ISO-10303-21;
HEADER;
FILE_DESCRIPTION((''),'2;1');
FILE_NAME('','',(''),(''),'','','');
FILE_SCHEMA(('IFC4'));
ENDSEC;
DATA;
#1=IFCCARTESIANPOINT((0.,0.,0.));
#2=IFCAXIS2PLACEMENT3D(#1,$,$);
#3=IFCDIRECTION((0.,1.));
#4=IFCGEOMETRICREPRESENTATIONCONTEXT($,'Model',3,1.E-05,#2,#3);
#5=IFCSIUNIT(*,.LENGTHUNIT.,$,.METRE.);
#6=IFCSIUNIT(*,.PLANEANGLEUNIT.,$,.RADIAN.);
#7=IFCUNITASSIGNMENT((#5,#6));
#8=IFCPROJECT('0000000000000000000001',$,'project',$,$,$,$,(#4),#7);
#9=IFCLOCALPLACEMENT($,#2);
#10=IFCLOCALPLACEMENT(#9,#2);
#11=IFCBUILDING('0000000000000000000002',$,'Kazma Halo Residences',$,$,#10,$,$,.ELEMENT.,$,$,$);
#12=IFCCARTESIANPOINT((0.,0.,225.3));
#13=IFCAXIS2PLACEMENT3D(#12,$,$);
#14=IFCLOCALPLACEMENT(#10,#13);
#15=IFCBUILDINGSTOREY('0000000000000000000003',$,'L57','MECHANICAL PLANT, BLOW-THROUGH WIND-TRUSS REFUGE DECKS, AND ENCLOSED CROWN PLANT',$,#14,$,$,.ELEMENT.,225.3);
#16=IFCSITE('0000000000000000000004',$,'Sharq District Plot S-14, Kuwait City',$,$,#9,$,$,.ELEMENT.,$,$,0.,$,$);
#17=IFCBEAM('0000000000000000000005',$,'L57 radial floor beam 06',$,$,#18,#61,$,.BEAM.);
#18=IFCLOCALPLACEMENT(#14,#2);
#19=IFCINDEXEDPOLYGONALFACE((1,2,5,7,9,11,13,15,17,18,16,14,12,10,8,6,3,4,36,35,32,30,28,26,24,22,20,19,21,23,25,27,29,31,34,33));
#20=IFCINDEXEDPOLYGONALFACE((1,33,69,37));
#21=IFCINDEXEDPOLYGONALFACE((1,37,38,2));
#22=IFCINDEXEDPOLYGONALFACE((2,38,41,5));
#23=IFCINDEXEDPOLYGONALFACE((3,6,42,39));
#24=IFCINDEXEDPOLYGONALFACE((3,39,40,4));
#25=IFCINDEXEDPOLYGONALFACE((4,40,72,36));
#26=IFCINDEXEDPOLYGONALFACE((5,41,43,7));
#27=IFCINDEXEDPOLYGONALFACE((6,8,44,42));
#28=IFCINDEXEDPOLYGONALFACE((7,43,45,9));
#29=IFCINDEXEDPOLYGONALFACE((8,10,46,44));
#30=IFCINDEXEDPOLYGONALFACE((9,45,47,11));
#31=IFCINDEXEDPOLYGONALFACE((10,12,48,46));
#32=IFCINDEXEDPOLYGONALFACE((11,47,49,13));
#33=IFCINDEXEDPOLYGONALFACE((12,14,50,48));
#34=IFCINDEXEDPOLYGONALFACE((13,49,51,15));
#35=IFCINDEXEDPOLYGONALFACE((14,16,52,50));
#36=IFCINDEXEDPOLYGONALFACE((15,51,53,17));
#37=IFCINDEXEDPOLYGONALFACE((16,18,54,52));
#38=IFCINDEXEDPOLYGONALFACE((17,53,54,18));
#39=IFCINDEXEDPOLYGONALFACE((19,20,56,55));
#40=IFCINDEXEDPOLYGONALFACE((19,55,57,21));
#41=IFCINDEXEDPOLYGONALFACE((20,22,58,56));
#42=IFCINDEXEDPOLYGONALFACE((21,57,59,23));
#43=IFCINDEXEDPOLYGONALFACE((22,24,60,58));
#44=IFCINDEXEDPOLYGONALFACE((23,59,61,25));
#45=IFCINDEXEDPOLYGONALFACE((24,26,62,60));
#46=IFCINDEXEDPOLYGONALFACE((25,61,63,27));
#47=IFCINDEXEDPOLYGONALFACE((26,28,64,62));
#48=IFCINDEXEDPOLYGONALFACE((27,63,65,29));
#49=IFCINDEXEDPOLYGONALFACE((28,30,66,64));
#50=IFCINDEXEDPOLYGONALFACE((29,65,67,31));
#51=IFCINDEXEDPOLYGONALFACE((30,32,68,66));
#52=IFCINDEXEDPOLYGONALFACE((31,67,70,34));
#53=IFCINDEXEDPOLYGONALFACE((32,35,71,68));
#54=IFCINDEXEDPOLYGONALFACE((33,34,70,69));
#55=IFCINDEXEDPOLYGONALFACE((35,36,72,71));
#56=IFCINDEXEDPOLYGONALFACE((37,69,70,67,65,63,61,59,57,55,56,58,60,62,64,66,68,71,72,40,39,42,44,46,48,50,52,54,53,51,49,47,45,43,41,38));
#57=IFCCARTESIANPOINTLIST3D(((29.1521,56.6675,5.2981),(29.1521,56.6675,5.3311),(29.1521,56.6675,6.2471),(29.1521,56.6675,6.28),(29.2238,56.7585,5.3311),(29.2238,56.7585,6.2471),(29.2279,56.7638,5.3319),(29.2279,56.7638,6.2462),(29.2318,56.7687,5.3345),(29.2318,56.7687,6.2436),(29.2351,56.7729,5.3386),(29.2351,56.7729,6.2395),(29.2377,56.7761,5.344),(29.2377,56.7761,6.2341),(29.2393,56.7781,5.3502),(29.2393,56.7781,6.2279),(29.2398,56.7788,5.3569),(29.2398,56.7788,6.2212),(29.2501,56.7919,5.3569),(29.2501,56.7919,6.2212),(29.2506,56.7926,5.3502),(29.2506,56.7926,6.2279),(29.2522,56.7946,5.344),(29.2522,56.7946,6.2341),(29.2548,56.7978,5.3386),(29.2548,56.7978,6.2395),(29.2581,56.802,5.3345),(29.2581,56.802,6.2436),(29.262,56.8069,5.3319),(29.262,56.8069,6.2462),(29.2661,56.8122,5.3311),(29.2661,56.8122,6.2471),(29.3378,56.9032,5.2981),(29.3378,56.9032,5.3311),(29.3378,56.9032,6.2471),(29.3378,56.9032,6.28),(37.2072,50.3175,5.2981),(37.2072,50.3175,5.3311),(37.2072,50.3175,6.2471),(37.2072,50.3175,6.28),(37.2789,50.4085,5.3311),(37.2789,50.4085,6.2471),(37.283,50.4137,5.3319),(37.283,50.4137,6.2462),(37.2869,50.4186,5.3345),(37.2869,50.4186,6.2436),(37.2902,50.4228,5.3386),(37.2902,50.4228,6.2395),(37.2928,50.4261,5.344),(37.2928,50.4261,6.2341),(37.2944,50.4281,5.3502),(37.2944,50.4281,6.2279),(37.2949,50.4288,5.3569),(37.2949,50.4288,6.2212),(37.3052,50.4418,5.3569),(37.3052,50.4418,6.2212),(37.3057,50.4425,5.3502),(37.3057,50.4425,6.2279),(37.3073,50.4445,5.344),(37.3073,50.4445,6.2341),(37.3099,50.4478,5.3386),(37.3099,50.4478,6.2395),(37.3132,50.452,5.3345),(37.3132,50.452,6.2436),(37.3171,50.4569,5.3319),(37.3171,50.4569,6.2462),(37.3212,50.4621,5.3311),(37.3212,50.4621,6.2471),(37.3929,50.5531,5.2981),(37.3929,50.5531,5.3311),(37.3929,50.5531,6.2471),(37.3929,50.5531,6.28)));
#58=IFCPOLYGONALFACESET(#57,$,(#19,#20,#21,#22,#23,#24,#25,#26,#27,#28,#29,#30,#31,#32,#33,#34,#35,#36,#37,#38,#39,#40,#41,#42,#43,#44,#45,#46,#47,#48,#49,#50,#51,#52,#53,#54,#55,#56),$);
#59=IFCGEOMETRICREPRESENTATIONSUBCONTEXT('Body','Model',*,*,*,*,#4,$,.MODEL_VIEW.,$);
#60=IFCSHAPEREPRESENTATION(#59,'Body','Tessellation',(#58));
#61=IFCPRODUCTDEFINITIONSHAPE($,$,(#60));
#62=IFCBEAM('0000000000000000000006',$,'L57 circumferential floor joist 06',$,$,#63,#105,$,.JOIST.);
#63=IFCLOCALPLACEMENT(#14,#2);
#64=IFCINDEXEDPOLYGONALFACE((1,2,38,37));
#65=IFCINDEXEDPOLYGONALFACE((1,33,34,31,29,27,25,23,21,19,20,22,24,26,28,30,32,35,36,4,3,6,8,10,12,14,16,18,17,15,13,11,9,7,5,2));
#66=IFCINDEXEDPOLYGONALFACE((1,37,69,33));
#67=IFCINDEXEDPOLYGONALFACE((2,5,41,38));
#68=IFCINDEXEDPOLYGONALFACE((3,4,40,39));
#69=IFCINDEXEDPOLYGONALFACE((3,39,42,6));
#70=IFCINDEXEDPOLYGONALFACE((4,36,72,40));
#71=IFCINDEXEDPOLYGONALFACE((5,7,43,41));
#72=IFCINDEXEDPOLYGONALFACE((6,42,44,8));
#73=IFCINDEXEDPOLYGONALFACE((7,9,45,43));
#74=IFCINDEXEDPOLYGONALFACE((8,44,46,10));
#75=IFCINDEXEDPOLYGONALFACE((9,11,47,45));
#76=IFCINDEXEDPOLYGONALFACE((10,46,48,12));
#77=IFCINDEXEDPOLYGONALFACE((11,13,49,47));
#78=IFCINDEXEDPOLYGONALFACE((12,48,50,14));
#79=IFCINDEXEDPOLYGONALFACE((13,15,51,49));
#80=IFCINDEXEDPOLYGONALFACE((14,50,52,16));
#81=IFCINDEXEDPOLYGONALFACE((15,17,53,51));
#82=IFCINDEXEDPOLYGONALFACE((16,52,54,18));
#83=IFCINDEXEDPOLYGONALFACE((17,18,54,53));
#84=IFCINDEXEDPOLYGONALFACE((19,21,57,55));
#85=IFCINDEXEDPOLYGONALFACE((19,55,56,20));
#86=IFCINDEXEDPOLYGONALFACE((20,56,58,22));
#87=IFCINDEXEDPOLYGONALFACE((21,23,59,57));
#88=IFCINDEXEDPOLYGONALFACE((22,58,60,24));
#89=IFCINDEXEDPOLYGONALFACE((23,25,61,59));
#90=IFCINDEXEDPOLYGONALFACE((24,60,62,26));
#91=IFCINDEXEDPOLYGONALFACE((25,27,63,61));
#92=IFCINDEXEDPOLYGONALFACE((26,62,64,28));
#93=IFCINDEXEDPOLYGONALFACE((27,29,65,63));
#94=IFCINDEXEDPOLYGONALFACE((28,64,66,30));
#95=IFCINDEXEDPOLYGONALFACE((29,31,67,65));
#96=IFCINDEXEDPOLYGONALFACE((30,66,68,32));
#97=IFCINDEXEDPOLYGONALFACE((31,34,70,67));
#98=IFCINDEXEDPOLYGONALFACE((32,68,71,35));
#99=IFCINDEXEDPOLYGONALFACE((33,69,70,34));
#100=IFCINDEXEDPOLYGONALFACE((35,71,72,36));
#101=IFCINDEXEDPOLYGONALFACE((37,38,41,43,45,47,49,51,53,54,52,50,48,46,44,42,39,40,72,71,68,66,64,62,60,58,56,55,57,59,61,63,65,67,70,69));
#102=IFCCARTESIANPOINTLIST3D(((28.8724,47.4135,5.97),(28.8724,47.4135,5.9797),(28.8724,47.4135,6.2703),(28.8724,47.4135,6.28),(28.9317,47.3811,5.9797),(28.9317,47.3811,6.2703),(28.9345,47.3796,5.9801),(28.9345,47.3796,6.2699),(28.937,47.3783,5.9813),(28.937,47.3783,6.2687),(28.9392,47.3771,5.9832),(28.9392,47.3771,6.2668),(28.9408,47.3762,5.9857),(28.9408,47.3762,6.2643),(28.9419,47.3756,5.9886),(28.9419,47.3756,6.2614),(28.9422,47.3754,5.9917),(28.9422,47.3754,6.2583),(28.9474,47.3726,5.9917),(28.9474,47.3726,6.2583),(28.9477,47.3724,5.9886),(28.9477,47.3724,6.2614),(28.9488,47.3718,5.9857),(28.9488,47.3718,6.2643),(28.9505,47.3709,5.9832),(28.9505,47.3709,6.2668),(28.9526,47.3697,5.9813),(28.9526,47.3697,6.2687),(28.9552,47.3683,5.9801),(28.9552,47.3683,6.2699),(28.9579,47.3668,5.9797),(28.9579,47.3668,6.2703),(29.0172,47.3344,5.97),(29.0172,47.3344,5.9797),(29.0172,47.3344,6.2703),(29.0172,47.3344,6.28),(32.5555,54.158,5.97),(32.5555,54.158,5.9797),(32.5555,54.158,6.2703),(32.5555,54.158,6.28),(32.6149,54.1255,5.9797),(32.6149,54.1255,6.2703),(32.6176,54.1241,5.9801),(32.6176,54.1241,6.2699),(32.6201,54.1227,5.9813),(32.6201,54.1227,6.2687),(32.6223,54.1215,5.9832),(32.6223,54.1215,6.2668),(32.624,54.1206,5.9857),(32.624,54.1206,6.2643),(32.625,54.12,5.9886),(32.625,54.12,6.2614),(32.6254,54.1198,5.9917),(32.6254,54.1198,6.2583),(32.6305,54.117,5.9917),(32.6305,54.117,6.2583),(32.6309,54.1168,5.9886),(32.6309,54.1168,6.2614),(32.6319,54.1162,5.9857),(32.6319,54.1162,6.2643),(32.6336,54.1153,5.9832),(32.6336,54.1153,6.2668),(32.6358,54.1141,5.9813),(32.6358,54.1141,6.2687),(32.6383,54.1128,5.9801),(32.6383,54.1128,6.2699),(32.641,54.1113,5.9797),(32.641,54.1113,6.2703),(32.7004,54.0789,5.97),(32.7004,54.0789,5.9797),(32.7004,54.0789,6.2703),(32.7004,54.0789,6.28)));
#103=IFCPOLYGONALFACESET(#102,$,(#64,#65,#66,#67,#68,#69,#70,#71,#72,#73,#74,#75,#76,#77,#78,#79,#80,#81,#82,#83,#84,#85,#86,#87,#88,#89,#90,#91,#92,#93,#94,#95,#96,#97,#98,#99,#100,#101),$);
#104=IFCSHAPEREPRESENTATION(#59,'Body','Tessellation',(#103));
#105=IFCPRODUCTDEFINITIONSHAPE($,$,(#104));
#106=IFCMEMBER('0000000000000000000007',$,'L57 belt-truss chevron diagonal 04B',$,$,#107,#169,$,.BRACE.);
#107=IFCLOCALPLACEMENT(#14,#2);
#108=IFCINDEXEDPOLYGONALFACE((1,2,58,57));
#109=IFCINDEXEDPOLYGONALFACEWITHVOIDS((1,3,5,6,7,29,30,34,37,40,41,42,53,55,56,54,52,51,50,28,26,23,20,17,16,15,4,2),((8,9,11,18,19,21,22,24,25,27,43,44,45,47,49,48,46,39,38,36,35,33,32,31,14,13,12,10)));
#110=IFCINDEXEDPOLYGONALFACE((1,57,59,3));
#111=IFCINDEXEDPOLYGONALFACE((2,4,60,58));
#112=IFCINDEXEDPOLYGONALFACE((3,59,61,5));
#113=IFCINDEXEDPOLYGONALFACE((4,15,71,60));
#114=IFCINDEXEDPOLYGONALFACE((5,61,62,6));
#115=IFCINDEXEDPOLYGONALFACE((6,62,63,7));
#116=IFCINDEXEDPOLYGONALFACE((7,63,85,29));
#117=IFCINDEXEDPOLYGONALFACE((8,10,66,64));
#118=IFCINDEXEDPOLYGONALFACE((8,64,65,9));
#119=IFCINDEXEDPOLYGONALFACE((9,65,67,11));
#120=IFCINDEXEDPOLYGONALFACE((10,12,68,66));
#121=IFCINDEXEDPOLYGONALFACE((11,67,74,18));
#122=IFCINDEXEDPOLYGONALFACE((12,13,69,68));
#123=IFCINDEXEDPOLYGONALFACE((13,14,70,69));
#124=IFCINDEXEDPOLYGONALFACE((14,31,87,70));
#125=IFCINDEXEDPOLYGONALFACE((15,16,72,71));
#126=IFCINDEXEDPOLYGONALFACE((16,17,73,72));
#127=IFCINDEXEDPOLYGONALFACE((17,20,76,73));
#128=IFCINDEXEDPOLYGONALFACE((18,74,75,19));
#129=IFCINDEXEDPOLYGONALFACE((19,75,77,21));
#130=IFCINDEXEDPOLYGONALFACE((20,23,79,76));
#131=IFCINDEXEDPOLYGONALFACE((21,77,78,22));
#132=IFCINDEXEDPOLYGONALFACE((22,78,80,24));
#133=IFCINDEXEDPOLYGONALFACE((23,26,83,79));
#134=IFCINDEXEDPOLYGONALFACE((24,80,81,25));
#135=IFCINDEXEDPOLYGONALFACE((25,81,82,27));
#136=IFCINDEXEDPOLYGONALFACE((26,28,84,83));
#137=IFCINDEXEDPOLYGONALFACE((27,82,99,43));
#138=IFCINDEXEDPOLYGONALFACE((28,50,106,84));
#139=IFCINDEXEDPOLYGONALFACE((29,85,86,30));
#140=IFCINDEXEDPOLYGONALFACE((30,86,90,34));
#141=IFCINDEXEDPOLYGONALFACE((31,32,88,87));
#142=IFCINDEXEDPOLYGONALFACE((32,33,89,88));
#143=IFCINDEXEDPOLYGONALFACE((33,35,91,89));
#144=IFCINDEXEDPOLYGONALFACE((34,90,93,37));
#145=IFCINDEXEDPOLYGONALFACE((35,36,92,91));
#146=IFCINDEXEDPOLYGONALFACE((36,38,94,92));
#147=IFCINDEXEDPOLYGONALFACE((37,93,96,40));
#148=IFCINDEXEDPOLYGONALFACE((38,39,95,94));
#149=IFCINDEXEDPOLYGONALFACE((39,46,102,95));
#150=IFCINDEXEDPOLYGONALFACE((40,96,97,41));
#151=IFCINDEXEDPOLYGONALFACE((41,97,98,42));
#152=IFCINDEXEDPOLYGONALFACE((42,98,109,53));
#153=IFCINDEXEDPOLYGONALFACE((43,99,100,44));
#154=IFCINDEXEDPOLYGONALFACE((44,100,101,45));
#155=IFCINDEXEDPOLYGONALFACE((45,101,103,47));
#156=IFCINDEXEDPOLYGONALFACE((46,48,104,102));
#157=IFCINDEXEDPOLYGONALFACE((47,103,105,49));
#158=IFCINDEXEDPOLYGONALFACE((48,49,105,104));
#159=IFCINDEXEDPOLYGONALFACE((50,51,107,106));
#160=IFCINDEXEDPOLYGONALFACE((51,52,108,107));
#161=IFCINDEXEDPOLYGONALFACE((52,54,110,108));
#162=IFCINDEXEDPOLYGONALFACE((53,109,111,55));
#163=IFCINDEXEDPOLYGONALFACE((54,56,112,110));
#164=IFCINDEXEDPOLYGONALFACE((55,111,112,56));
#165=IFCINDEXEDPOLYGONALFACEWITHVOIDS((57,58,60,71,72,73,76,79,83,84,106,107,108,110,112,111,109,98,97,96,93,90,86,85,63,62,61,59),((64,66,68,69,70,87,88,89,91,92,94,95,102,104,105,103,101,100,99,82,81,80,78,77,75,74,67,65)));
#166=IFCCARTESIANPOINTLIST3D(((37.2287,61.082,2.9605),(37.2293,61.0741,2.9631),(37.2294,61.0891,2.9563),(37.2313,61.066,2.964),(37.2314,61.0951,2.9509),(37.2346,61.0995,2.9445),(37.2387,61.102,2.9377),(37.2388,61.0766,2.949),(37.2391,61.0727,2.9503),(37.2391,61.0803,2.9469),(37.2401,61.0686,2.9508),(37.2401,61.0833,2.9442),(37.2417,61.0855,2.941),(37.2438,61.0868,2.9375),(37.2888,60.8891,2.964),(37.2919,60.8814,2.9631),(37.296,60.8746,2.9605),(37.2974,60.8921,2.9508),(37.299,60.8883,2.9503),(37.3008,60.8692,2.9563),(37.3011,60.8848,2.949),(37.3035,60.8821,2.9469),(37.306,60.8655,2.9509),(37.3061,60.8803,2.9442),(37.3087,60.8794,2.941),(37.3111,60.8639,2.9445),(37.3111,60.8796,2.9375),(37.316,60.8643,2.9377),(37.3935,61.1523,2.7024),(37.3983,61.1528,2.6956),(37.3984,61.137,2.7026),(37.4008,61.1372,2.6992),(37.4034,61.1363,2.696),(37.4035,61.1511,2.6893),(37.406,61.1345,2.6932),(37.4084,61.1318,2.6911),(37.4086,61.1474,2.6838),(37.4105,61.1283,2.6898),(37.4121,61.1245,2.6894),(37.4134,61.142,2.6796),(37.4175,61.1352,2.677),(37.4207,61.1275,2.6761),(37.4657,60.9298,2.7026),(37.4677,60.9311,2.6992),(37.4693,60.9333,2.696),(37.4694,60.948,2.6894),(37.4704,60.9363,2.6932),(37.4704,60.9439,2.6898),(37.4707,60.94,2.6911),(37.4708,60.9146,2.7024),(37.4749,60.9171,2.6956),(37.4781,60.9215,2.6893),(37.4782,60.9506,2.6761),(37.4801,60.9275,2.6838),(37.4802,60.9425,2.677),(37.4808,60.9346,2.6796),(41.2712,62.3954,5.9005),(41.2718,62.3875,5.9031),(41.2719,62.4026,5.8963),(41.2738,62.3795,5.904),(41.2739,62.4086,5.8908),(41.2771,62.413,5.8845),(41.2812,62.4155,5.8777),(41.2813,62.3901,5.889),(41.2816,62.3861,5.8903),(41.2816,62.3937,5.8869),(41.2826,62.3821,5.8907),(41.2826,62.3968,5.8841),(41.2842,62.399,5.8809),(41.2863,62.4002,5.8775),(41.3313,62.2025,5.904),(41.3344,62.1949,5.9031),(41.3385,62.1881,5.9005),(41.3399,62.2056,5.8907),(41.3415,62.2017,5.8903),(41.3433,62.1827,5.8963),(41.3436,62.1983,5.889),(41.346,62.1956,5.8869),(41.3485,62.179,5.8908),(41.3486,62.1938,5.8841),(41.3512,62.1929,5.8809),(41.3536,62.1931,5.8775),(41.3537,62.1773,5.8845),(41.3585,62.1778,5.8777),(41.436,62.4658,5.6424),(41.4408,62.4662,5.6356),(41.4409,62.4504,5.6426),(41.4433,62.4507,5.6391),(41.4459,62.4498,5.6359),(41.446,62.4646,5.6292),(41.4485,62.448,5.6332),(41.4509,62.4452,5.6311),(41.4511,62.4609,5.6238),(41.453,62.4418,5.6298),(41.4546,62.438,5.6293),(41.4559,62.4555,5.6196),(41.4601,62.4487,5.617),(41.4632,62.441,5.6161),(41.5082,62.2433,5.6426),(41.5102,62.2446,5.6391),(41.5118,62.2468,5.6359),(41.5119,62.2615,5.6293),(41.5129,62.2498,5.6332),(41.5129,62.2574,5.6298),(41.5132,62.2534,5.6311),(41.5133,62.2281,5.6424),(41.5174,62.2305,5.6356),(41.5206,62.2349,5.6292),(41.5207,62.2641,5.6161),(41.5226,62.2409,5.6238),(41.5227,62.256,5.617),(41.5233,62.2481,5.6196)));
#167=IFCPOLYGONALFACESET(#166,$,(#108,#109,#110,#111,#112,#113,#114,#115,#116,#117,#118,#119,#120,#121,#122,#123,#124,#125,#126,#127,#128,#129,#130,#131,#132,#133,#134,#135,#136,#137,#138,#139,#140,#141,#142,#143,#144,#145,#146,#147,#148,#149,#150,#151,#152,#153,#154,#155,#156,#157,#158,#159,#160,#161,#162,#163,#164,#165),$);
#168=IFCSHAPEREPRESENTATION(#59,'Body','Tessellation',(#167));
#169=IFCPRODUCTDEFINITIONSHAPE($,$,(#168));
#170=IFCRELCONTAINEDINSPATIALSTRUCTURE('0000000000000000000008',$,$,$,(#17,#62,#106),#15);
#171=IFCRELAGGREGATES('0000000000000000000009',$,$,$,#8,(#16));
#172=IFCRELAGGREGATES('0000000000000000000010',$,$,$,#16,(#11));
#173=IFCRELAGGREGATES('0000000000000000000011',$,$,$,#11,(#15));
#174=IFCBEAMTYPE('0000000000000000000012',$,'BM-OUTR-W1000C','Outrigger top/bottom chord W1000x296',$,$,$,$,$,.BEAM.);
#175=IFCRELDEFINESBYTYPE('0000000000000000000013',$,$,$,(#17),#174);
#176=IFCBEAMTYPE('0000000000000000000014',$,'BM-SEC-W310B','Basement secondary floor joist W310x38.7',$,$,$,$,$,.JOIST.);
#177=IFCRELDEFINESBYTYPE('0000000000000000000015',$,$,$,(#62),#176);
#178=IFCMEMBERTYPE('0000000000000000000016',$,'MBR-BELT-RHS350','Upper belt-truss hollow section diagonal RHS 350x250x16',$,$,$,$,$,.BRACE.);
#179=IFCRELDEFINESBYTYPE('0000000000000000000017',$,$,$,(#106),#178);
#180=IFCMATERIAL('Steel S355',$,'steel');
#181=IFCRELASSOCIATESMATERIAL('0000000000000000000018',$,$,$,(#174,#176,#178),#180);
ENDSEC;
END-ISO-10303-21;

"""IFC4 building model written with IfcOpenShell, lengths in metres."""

from ifc_helpers import new_model, si_unit, direction, frame, origin, origin_2d, place, context, subcontext, project, spatial, hollow_rectangle, i_section, extrude, material, material_profile, profile_set, type_object, element, save


model = new_model("IFC4")

# Units and contexts
model_context = context("Model", 3, precision=1e-05, world=origin(), true_north=direction((0.0, 1.0)))
body_context = subcontext(model_context, "Body", "Model", "MODEL_VIEW")
ifc_project = project(units=[si_unit("LENGTHUNIT", "METRE"), si_unit("PLANEANGLEUNIT", "RADIAN")], contexts=[model_context])

# Site, building, storey
site_placement = place(None, origin())
site = spatial("IfcSite", under=ifc_project, at=site_placement, Name="Sharq District Plot S-14, Kuwait City", CompositionType="ELEMENT", RefElevation=0.0)
building_placement = place(site_placement, origin())
building = spatial("IfcBuilding", under=site, at=building_placement, Name="Kazma Halo Residences", CompositionType="ELEMENT")
storey_placement = place(building_placement, frame((0.0, 0.0, 225.3)))
storey = spatial("IfcBuildingStorey", under=building, at=storey_placement, Name="L57", Description="MECHANICAL PLANT, BLOW-THROUGH WIND-TRUSS REFUGE DECKS, AND ENCLOSED CROWN PLANT", CompositionType="ELEMENT", Elevation=225.3)

# Beams
ifc_material_1 = material(Name="Steel S355", Category="steel")
ifc_material_profile_1 = material_profile(ifc_material_1, i_section(OverallWidth=0.3, OverallDepth=0.9819, WebThickness=0.0166, FlangeThickness=0.033, FilletRadius=0.0259, at=origin_2d()), Name="W1000x296")
ifc_profile_set_1 = profile_set([ifc_material_profile_1], Name="Steel S355")
beam_type_1 = type_object("IfcBeamType", Name="BM-OUTR-W1000C", Description="Outrigger top/bottom chord W1000x296", PredefinedType="BEAM", material=ifc_profile_set_1)
beam_1_placement = place(storey_placement, frame((37.3, 50.4353, 5.7891), z_axis=(-0.785321, 0.619088, 0.0), x_axis=(-0.619088, -0.785321, 0.0)))
element("IfcBeam", 1, at=beam_1_placement, inside=storey, type_object=beam_type_1, Name="L57 radial floor beam 06", PredefinedType="BEAM", context=body_context, shape_type="SweptSolid", body=[
    extrude(i_section(OverallWidth=0.3, OverallDepth=0.9819, WebThickness=0.0166, FlangeThickness=0.033, FilletRadius=0.0259, at=origin_2d()), origin(), (0.0, 0.0, 1.0), 10.2571),
])
ifc_material_profile_2 = material_profile(ifc_material_1, i_section(OverallWidth=0.165, OverallDepth=0.3101, WebThickness=0.0059, FlangeThickness=0.0098, FilletRadius=0.012, at=origin_2d()), Name="W310x38.7")
ifc_profile_set_2 = profile_set([ifc_material_profile_2], Name="Steel S355")
beam_type_2 = type_object("IfcBeamType", Name="BM-SEC-W310B", Description="Basement secondary floor joist W310x38.7", PredefinedType="JOIST", material=ifc_profile_set_2)
beam_2_placement = place(storey_placement, frame((32.6279, 54.1184, 6.125), z_axis=(-0.479288, -0.877657, 0.0), x_axis=(0.877657, -0.479288, 0.0)))
element("IfcBeam", 2, at=beam_2_placement, inside=storey, type_object=beam_type_2, Name="L57 circumferential floor joist 06", PredefinedType="JOIST", context=body_context, shape_type="SweptSolid", body=[
    extrude(i_section(OverallWidth=0.165, OverallDepth=0.3101, WebThickness=0.0059, FlangeThickness=0.0098, FilletRadius=0.012, at=origin_2d()), origin(), (0.0, 0.0, 1.0), 7.6846),
])

# Member
ifc_material_profile_3 = material_profile(ifc_material_1, hollow_rectangle(XDim=0.25, YDim=0.3501, WallThickness=0.0161, InnerFilletRadius=0.0161, OuterFilletRadius=0.032, at=origin_2d()), Name="RHS350x250x16")
ifc_profile_set_3 = profile_set([ifc_material_profile_3], Name="Steel S355")
member_type_1 = type_object("IfcMemberType", Name="MBR-BELT-RHS350", Description="Upper belt-truss hollow section diagonal RHS 350x250x16", PredefinedType="BRACE", material=ifc_profile_set_3)
member_1_placement = place(storey_placement, frame((37.3547, 61.0083, 2.8201), z_axis=(0.782186, 0.254147, 0.568854), x_axis=(-0.309016, 0.951057, 0.0)))
element("IfcMember", 3, at=member_1_placement, inside=storey, type_object=member_type_1, Name="L57 belt-truss chevron diagonal 04B", PredefinedType="BRACE", context=body_context, shape_type="SweptSolid", body=[
    extrude(hollow_rectangle(XDim=0.25, YDim=0.3501, WallThickness=0.0161, InnerFilletRadius=0.0161, OuterFilletRadius=0.032, at=origin_2d()), origin(), (0.0, 0.0, 1.0), 5.1682),
])

save(model, "model.ifc")
